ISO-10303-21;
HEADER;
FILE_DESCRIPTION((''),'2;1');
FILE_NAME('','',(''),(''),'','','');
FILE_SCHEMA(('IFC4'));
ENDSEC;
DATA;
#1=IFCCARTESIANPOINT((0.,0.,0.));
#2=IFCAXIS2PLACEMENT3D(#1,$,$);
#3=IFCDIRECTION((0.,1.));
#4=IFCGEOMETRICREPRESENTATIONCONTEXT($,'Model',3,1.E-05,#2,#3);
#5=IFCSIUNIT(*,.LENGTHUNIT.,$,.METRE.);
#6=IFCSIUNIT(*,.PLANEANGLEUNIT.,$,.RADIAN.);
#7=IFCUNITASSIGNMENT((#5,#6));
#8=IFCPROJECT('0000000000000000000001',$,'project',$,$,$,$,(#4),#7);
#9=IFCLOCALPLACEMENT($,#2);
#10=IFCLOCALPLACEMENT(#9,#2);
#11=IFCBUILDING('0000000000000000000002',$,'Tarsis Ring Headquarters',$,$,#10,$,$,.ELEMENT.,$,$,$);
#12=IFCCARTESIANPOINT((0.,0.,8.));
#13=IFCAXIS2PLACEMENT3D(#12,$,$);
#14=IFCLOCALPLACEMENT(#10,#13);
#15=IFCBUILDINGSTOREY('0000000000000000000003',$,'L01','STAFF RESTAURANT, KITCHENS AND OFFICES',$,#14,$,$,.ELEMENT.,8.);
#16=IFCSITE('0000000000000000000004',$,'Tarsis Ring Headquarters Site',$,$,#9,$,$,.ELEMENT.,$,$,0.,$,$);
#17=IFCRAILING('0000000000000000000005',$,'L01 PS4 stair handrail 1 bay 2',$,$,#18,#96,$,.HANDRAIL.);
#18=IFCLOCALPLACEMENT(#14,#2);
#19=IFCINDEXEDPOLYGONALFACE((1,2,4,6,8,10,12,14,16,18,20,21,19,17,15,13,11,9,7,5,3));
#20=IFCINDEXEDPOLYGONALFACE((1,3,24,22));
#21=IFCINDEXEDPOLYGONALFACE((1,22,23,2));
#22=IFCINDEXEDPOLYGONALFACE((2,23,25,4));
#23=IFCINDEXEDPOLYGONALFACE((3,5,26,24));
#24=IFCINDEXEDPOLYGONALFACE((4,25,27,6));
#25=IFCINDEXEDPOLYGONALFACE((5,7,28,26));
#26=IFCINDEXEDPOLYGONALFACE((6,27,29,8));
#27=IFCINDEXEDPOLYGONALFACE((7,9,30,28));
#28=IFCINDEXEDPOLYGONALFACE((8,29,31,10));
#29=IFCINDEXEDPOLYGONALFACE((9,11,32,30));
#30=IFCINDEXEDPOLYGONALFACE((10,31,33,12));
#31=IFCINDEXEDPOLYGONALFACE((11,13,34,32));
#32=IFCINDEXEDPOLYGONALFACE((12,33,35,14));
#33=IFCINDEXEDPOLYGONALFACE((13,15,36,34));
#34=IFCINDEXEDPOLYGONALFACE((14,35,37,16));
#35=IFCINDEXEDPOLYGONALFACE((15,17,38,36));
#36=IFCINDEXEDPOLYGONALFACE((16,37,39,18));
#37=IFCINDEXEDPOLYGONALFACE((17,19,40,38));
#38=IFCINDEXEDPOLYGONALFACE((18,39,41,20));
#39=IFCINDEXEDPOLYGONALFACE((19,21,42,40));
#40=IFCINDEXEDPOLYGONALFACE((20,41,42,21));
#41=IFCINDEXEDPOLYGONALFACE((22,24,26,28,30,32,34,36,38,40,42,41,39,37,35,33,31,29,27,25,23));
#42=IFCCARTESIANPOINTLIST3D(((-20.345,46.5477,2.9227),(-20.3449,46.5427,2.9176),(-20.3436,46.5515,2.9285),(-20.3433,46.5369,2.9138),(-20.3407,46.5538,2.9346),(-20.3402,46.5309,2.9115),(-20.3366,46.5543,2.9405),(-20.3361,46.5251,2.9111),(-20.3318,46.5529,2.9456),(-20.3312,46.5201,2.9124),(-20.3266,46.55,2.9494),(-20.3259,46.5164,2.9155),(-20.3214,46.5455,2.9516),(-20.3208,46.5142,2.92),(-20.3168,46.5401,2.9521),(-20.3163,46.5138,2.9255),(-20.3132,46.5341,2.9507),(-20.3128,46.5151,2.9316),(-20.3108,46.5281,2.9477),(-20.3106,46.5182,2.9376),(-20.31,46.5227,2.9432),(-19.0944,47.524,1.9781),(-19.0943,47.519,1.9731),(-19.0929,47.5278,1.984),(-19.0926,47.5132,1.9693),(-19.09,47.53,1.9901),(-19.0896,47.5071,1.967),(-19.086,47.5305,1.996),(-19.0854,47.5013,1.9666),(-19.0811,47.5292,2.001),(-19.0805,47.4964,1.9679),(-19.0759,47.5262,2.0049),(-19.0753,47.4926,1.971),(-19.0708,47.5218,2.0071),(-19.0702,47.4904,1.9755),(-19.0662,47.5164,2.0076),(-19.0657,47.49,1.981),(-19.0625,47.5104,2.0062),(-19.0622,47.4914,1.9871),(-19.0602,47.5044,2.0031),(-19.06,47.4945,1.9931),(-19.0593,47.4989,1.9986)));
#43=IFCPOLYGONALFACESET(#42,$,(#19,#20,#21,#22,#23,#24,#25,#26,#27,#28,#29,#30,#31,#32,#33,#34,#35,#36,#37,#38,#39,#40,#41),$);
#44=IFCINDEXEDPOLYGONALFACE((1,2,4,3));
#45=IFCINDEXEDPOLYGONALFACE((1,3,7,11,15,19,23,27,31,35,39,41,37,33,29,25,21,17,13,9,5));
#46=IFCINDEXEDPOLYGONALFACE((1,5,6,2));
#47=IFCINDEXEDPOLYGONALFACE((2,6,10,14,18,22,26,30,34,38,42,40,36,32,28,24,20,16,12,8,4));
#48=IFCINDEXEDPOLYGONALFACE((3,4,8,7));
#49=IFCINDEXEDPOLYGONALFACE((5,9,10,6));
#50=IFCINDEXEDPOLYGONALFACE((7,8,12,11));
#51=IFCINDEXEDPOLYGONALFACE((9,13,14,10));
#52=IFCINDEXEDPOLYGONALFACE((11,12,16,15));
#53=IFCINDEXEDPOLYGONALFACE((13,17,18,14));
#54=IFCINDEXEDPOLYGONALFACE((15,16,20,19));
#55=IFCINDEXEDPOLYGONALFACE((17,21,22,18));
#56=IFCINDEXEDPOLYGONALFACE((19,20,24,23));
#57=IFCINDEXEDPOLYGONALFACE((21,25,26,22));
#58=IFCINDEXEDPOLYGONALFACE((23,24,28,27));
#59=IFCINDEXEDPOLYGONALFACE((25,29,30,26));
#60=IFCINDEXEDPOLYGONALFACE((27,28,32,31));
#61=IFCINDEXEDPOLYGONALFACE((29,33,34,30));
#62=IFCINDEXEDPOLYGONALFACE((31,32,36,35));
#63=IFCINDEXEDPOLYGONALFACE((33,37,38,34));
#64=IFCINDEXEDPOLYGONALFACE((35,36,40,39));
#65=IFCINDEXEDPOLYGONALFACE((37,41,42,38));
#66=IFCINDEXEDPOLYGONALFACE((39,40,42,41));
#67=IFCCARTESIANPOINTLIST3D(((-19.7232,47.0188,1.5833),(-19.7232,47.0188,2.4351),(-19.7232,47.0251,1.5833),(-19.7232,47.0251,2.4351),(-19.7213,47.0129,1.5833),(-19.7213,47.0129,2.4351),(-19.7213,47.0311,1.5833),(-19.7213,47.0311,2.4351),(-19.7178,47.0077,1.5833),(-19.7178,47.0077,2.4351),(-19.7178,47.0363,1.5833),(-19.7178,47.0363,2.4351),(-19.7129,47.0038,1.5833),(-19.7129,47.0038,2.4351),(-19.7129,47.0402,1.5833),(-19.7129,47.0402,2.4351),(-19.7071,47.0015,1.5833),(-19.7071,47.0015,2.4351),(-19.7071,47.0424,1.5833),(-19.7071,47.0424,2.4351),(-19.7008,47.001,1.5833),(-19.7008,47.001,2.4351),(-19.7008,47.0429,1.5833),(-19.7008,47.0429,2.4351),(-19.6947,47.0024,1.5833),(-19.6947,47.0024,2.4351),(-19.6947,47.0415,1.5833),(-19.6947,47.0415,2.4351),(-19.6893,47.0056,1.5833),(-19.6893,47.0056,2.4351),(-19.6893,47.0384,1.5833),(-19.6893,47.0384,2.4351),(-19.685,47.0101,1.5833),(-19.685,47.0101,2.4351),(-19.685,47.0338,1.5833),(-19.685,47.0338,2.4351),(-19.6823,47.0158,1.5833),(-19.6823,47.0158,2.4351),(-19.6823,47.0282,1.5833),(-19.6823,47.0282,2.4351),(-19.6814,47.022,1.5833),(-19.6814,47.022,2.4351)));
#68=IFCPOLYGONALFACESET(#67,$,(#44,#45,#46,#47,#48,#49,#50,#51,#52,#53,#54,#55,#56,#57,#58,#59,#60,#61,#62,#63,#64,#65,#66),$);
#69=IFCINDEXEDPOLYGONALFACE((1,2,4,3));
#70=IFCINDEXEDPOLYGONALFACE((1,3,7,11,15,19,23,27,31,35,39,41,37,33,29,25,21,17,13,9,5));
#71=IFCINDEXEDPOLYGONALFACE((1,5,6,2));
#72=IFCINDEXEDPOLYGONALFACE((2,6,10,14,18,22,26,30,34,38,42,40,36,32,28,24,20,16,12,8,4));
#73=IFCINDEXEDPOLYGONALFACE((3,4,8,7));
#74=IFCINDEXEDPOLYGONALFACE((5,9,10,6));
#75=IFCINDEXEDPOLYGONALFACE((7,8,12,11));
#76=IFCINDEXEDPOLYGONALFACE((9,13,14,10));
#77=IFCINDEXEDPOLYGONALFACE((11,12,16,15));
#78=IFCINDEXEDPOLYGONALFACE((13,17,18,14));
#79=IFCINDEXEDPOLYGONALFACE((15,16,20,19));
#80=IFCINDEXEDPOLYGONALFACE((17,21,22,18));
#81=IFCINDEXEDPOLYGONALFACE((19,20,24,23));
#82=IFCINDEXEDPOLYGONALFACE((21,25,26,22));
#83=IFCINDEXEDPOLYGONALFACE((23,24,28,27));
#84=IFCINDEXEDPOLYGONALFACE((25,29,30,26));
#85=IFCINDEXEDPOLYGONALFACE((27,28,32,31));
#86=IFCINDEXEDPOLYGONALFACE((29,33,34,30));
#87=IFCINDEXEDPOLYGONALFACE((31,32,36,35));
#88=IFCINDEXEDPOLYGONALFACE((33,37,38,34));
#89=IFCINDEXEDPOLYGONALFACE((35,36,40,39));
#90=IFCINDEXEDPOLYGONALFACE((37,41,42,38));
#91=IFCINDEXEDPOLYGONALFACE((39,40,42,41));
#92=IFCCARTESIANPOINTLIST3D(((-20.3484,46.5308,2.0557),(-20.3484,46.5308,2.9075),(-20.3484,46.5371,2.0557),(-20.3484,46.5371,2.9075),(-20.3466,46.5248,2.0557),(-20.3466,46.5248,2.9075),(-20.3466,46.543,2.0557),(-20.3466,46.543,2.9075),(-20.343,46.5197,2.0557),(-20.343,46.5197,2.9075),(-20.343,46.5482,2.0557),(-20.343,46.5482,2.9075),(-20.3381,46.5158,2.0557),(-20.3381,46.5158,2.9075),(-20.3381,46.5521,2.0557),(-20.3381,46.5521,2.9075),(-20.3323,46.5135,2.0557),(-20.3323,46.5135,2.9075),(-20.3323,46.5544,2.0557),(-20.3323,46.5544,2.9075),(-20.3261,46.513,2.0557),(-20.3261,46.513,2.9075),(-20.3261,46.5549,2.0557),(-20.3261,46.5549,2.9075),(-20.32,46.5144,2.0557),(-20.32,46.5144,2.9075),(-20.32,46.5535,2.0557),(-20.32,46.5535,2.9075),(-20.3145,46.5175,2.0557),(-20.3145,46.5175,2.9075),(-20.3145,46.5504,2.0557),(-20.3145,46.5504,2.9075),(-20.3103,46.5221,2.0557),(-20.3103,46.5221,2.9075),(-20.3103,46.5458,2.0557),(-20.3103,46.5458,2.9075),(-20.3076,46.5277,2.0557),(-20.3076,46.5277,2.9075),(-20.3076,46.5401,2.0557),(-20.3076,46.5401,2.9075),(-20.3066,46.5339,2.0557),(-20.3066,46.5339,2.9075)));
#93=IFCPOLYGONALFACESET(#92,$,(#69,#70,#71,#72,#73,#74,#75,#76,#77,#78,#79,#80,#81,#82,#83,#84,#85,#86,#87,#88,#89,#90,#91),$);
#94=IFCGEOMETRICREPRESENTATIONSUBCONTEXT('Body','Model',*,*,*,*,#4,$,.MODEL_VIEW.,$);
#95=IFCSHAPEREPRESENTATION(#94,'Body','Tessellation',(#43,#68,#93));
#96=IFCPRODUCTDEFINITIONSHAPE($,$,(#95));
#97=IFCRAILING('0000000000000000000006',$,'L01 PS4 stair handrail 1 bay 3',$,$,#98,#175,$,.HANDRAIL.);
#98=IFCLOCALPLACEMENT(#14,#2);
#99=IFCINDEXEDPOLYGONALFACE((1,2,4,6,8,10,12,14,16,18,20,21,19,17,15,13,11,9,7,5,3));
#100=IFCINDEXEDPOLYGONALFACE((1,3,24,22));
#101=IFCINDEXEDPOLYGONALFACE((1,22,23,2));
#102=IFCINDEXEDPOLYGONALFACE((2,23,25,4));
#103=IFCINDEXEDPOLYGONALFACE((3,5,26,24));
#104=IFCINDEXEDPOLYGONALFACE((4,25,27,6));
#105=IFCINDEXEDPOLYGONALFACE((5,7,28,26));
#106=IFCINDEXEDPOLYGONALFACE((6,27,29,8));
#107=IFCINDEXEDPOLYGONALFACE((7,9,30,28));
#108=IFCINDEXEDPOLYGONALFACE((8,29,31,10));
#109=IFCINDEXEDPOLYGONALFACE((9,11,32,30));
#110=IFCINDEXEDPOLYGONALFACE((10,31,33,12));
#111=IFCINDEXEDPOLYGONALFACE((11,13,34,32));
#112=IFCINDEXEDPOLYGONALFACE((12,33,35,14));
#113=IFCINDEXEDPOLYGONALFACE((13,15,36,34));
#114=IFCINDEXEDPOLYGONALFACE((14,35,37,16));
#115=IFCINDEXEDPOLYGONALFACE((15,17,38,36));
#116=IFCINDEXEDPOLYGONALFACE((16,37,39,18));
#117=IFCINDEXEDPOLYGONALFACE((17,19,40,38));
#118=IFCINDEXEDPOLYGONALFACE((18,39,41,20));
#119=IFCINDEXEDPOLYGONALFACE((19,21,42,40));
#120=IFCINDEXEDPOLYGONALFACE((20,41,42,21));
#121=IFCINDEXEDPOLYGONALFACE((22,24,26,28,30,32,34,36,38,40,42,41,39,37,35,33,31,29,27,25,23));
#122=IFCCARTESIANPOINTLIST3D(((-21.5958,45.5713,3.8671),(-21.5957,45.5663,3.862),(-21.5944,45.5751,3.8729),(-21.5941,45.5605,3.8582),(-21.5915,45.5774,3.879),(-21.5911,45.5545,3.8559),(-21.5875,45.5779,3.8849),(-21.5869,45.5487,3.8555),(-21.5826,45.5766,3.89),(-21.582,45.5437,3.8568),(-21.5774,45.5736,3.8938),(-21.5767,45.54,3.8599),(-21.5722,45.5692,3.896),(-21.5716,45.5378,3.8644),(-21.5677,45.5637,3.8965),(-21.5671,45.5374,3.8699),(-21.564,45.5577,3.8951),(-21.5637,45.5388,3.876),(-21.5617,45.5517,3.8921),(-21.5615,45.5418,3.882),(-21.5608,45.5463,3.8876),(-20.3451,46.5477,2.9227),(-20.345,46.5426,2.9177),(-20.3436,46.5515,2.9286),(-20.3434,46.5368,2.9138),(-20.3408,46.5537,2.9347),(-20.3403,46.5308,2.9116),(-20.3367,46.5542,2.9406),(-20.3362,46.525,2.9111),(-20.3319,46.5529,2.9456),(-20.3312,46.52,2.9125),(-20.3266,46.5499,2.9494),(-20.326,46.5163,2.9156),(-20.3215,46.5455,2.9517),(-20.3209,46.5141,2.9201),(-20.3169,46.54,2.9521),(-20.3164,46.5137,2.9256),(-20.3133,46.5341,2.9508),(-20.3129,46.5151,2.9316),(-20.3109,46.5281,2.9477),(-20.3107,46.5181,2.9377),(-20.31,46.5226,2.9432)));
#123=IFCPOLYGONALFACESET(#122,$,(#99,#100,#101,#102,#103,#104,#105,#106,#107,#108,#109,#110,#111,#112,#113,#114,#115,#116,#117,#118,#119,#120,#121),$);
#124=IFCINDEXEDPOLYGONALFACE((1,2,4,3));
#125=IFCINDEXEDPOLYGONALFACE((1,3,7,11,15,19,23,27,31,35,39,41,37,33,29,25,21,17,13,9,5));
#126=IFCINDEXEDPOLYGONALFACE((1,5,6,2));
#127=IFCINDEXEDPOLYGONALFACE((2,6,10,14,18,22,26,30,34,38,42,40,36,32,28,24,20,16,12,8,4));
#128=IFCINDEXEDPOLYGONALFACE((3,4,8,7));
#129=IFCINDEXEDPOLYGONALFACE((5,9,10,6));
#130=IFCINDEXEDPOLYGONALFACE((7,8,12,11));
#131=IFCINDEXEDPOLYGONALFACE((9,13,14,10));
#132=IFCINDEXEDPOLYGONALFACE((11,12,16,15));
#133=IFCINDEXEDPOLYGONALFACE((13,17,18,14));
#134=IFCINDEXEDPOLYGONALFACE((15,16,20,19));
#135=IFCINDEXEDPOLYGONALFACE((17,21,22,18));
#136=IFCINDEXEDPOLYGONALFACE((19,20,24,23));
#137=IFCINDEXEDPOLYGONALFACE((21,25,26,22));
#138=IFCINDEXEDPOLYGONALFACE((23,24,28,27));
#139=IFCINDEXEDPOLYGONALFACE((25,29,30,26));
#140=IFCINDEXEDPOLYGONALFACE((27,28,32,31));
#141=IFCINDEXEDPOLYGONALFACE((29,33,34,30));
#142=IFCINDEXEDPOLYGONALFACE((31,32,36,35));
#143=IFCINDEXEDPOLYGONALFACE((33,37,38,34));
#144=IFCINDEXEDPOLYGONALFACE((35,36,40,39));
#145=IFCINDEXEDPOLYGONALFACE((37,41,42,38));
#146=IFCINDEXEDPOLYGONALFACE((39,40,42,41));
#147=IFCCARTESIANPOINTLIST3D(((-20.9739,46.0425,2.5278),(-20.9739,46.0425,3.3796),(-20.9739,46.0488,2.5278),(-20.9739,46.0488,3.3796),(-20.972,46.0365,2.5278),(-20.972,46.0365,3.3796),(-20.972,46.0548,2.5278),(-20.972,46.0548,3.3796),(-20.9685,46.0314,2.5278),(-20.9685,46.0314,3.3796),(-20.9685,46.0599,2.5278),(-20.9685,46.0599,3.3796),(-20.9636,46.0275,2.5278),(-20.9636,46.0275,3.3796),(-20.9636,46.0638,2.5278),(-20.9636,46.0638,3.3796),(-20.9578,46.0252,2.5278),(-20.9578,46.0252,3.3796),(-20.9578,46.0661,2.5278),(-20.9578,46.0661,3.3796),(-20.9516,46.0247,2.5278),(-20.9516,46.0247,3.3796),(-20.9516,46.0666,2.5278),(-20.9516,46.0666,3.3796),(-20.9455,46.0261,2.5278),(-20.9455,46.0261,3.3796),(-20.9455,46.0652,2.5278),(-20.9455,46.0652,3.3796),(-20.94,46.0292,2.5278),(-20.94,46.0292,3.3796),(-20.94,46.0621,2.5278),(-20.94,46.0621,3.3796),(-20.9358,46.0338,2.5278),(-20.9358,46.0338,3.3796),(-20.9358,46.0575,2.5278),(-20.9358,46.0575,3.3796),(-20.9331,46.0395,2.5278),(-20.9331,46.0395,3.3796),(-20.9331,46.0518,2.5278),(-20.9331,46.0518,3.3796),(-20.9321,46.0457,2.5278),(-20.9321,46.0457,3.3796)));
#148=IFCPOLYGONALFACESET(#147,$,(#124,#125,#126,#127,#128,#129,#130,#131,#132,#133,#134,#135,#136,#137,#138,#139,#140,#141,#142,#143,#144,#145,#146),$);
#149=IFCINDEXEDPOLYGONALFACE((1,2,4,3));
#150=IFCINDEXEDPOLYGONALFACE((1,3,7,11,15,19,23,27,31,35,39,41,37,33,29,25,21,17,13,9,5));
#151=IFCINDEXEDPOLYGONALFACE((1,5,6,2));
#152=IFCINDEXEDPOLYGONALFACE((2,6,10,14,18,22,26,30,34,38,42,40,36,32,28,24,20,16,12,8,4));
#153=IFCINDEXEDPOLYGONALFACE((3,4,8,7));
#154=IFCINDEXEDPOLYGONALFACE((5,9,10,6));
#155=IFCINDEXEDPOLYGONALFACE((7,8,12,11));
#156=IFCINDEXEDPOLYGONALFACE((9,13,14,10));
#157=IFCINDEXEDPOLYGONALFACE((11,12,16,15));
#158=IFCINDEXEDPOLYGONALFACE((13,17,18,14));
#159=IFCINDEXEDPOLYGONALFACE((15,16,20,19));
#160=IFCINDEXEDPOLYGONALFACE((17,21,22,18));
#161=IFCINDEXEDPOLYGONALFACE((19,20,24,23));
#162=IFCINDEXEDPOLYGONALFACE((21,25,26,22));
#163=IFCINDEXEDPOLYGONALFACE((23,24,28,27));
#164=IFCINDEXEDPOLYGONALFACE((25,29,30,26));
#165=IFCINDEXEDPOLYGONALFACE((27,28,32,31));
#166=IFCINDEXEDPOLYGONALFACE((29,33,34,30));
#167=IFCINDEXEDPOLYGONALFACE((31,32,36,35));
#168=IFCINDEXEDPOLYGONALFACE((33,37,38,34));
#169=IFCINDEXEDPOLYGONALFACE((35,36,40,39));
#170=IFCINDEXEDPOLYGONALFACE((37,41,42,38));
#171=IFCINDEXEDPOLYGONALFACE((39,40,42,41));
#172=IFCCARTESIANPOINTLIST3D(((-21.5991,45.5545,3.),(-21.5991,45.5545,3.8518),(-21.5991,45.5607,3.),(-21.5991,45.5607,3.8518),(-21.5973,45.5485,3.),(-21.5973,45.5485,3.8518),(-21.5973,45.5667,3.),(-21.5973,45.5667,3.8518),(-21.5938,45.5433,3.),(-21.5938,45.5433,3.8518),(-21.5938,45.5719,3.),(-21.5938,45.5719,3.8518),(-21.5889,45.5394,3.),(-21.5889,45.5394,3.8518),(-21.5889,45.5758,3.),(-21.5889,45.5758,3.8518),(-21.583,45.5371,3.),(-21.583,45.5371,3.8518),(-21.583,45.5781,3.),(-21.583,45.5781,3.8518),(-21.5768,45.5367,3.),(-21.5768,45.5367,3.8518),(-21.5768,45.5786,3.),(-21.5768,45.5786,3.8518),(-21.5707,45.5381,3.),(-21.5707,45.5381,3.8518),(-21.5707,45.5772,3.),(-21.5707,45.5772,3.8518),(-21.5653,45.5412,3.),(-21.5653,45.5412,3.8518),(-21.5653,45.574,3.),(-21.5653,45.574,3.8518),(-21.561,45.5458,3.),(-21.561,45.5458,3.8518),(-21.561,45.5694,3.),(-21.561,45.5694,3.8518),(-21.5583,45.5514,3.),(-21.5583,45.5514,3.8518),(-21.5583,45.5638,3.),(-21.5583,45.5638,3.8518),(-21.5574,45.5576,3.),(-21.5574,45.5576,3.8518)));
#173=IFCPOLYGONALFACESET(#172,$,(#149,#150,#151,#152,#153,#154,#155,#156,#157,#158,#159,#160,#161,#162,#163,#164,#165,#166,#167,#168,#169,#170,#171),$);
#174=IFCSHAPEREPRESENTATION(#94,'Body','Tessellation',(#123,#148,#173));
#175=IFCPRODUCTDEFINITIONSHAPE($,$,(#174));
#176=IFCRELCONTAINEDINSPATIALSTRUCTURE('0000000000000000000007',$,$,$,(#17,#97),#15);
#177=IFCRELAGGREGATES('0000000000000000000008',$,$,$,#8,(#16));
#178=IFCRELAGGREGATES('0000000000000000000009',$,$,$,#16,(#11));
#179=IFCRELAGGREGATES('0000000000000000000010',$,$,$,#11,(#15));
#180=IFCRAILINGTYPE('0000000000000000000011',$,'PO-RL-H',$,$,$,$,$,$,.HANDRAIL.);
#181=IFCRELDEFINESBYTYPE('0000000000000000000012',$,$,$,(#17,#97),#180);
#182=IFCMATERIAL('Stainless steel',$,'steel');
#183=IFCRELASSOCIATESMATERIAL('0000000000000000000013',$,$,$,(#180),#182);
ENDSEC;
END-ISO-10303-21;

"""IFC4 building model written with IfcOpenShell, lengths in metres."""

from ifc_helpers import new_model, si_unit, direction, frame, origin, origin_2d, place, context, subcontext, project, spatial, circle, extrude, material, type_object, element, save


model = new_model("IFC4")

# Units and contexts
model_context = context("Model", 3, precision=1e-05, world=origin(), true_north=direction((0.0, 1.0)))
body_context = subcontext(model_context, "Body", "Model", "MODEL_VIEW")
ifc_project = project(units=[si_unit("LENGTHUNIT", "METRE"), si_unit("PLANEANGLEUNIT", "RADIAN")], contexts=[model_context])

# Site, building, storey
site_placement = place(None, origin())
site = spatial("IfcSite", under=ifc_project, at=site_placement, Name="Tarsis Ring Headquarters Site", CompositionType="ELEMENT", RefElevation=0.0)
building_placement = place(site_placement, origin())
building = spatial("IfcBuilding", under=site, at=building_placement, Name="Tarsis Ring Headquarters", CompositionType="ELEMENT")
storey_placement = place(building_placement, frame((0.0, 0.0, 8.0)))
storey = spatial("IfcBuildingStorey", under=building, at=storey_placement, Name="L01", Description="STAFF RESTAURANT, KITCHENS AND OFFICES", CompositionType="ELEMENT", Elevation=8.0)

# Railings
ifc_material_1 = material(Name="Stainless steel", Category="steel")
railing_type_1 = type_object("IfcRailingType", Name="PO-RL-H", PredefinedType="HANDRAIL", material=ifc_material_1)
railing_1_placement = place(storey_placement, frame((-19.0769, 47.5103, 1.1111)))
element("IfcRailing", 1, at=railing_1_placement, inside=storey, type_object=railing_type_1, Name="L01 PS4 stair handrail 1 bay 2", PredefinedType="HANDRAIL", context=body_context, shape_type="SweptSolid", body=[
    extrude(circle(Radius=0.0239, at=origin_2d()), frame((0.0, 0.0, 0.876), z_axis=(-0.677333, -0.528725, 0.511537), x_axis=(0.615324, -0.788274, 0.0)), (0.0, 0.0, 1.0), 1.8464),
    extrude(circle(Radius=0.021, at=origin_2d()), frame((-0.6255, -0.4883, 0.4722)), (0.0, 0.0, 1.0), 0.8518),
    extrude(circle(Radius=0.021, at=origin_2d()), frame((-1.2507, -0.9763, 0.9446)), (0.0, 0.0, 1.0), 0.8518),
])
railing_2_placement = place(storey_placement, frame((-20.3276, 46.5339, 2.0557)))
element("IfcRailing", 2, at=railing_2_placement, inside=storey, type_object=railing_type_1, Name="L01 PS4 stair handrail 1 bay 3", PredefinedType="HANDRAIL", context=body_context, shape_type="SweptSolid", body=[
    extrude(circle(Radius=0.0239, at=origin_2d()), frame((0.0, 0.0, 0.876), z_axis=(-0.677379, -0.52876, 0.511439), x_axis=(0.615324, -0.788274, 0.0)), (0.0, 0.0, 1.0), 1.8464),
    extrude(circle(Radius=0.021, at=origin_2d()), frame((-0.6255, -0.4883, 0.4722)), (0.0, 0.0, 1.0), 0.8518),
    extrude(circle(Radius=0.021, at=origin_2d()), frame((-1.2507, -0.9763, 0.9443)), (0.0, 0.0, 1.0), 0.8518),
])

save(model, "model.ifc")
